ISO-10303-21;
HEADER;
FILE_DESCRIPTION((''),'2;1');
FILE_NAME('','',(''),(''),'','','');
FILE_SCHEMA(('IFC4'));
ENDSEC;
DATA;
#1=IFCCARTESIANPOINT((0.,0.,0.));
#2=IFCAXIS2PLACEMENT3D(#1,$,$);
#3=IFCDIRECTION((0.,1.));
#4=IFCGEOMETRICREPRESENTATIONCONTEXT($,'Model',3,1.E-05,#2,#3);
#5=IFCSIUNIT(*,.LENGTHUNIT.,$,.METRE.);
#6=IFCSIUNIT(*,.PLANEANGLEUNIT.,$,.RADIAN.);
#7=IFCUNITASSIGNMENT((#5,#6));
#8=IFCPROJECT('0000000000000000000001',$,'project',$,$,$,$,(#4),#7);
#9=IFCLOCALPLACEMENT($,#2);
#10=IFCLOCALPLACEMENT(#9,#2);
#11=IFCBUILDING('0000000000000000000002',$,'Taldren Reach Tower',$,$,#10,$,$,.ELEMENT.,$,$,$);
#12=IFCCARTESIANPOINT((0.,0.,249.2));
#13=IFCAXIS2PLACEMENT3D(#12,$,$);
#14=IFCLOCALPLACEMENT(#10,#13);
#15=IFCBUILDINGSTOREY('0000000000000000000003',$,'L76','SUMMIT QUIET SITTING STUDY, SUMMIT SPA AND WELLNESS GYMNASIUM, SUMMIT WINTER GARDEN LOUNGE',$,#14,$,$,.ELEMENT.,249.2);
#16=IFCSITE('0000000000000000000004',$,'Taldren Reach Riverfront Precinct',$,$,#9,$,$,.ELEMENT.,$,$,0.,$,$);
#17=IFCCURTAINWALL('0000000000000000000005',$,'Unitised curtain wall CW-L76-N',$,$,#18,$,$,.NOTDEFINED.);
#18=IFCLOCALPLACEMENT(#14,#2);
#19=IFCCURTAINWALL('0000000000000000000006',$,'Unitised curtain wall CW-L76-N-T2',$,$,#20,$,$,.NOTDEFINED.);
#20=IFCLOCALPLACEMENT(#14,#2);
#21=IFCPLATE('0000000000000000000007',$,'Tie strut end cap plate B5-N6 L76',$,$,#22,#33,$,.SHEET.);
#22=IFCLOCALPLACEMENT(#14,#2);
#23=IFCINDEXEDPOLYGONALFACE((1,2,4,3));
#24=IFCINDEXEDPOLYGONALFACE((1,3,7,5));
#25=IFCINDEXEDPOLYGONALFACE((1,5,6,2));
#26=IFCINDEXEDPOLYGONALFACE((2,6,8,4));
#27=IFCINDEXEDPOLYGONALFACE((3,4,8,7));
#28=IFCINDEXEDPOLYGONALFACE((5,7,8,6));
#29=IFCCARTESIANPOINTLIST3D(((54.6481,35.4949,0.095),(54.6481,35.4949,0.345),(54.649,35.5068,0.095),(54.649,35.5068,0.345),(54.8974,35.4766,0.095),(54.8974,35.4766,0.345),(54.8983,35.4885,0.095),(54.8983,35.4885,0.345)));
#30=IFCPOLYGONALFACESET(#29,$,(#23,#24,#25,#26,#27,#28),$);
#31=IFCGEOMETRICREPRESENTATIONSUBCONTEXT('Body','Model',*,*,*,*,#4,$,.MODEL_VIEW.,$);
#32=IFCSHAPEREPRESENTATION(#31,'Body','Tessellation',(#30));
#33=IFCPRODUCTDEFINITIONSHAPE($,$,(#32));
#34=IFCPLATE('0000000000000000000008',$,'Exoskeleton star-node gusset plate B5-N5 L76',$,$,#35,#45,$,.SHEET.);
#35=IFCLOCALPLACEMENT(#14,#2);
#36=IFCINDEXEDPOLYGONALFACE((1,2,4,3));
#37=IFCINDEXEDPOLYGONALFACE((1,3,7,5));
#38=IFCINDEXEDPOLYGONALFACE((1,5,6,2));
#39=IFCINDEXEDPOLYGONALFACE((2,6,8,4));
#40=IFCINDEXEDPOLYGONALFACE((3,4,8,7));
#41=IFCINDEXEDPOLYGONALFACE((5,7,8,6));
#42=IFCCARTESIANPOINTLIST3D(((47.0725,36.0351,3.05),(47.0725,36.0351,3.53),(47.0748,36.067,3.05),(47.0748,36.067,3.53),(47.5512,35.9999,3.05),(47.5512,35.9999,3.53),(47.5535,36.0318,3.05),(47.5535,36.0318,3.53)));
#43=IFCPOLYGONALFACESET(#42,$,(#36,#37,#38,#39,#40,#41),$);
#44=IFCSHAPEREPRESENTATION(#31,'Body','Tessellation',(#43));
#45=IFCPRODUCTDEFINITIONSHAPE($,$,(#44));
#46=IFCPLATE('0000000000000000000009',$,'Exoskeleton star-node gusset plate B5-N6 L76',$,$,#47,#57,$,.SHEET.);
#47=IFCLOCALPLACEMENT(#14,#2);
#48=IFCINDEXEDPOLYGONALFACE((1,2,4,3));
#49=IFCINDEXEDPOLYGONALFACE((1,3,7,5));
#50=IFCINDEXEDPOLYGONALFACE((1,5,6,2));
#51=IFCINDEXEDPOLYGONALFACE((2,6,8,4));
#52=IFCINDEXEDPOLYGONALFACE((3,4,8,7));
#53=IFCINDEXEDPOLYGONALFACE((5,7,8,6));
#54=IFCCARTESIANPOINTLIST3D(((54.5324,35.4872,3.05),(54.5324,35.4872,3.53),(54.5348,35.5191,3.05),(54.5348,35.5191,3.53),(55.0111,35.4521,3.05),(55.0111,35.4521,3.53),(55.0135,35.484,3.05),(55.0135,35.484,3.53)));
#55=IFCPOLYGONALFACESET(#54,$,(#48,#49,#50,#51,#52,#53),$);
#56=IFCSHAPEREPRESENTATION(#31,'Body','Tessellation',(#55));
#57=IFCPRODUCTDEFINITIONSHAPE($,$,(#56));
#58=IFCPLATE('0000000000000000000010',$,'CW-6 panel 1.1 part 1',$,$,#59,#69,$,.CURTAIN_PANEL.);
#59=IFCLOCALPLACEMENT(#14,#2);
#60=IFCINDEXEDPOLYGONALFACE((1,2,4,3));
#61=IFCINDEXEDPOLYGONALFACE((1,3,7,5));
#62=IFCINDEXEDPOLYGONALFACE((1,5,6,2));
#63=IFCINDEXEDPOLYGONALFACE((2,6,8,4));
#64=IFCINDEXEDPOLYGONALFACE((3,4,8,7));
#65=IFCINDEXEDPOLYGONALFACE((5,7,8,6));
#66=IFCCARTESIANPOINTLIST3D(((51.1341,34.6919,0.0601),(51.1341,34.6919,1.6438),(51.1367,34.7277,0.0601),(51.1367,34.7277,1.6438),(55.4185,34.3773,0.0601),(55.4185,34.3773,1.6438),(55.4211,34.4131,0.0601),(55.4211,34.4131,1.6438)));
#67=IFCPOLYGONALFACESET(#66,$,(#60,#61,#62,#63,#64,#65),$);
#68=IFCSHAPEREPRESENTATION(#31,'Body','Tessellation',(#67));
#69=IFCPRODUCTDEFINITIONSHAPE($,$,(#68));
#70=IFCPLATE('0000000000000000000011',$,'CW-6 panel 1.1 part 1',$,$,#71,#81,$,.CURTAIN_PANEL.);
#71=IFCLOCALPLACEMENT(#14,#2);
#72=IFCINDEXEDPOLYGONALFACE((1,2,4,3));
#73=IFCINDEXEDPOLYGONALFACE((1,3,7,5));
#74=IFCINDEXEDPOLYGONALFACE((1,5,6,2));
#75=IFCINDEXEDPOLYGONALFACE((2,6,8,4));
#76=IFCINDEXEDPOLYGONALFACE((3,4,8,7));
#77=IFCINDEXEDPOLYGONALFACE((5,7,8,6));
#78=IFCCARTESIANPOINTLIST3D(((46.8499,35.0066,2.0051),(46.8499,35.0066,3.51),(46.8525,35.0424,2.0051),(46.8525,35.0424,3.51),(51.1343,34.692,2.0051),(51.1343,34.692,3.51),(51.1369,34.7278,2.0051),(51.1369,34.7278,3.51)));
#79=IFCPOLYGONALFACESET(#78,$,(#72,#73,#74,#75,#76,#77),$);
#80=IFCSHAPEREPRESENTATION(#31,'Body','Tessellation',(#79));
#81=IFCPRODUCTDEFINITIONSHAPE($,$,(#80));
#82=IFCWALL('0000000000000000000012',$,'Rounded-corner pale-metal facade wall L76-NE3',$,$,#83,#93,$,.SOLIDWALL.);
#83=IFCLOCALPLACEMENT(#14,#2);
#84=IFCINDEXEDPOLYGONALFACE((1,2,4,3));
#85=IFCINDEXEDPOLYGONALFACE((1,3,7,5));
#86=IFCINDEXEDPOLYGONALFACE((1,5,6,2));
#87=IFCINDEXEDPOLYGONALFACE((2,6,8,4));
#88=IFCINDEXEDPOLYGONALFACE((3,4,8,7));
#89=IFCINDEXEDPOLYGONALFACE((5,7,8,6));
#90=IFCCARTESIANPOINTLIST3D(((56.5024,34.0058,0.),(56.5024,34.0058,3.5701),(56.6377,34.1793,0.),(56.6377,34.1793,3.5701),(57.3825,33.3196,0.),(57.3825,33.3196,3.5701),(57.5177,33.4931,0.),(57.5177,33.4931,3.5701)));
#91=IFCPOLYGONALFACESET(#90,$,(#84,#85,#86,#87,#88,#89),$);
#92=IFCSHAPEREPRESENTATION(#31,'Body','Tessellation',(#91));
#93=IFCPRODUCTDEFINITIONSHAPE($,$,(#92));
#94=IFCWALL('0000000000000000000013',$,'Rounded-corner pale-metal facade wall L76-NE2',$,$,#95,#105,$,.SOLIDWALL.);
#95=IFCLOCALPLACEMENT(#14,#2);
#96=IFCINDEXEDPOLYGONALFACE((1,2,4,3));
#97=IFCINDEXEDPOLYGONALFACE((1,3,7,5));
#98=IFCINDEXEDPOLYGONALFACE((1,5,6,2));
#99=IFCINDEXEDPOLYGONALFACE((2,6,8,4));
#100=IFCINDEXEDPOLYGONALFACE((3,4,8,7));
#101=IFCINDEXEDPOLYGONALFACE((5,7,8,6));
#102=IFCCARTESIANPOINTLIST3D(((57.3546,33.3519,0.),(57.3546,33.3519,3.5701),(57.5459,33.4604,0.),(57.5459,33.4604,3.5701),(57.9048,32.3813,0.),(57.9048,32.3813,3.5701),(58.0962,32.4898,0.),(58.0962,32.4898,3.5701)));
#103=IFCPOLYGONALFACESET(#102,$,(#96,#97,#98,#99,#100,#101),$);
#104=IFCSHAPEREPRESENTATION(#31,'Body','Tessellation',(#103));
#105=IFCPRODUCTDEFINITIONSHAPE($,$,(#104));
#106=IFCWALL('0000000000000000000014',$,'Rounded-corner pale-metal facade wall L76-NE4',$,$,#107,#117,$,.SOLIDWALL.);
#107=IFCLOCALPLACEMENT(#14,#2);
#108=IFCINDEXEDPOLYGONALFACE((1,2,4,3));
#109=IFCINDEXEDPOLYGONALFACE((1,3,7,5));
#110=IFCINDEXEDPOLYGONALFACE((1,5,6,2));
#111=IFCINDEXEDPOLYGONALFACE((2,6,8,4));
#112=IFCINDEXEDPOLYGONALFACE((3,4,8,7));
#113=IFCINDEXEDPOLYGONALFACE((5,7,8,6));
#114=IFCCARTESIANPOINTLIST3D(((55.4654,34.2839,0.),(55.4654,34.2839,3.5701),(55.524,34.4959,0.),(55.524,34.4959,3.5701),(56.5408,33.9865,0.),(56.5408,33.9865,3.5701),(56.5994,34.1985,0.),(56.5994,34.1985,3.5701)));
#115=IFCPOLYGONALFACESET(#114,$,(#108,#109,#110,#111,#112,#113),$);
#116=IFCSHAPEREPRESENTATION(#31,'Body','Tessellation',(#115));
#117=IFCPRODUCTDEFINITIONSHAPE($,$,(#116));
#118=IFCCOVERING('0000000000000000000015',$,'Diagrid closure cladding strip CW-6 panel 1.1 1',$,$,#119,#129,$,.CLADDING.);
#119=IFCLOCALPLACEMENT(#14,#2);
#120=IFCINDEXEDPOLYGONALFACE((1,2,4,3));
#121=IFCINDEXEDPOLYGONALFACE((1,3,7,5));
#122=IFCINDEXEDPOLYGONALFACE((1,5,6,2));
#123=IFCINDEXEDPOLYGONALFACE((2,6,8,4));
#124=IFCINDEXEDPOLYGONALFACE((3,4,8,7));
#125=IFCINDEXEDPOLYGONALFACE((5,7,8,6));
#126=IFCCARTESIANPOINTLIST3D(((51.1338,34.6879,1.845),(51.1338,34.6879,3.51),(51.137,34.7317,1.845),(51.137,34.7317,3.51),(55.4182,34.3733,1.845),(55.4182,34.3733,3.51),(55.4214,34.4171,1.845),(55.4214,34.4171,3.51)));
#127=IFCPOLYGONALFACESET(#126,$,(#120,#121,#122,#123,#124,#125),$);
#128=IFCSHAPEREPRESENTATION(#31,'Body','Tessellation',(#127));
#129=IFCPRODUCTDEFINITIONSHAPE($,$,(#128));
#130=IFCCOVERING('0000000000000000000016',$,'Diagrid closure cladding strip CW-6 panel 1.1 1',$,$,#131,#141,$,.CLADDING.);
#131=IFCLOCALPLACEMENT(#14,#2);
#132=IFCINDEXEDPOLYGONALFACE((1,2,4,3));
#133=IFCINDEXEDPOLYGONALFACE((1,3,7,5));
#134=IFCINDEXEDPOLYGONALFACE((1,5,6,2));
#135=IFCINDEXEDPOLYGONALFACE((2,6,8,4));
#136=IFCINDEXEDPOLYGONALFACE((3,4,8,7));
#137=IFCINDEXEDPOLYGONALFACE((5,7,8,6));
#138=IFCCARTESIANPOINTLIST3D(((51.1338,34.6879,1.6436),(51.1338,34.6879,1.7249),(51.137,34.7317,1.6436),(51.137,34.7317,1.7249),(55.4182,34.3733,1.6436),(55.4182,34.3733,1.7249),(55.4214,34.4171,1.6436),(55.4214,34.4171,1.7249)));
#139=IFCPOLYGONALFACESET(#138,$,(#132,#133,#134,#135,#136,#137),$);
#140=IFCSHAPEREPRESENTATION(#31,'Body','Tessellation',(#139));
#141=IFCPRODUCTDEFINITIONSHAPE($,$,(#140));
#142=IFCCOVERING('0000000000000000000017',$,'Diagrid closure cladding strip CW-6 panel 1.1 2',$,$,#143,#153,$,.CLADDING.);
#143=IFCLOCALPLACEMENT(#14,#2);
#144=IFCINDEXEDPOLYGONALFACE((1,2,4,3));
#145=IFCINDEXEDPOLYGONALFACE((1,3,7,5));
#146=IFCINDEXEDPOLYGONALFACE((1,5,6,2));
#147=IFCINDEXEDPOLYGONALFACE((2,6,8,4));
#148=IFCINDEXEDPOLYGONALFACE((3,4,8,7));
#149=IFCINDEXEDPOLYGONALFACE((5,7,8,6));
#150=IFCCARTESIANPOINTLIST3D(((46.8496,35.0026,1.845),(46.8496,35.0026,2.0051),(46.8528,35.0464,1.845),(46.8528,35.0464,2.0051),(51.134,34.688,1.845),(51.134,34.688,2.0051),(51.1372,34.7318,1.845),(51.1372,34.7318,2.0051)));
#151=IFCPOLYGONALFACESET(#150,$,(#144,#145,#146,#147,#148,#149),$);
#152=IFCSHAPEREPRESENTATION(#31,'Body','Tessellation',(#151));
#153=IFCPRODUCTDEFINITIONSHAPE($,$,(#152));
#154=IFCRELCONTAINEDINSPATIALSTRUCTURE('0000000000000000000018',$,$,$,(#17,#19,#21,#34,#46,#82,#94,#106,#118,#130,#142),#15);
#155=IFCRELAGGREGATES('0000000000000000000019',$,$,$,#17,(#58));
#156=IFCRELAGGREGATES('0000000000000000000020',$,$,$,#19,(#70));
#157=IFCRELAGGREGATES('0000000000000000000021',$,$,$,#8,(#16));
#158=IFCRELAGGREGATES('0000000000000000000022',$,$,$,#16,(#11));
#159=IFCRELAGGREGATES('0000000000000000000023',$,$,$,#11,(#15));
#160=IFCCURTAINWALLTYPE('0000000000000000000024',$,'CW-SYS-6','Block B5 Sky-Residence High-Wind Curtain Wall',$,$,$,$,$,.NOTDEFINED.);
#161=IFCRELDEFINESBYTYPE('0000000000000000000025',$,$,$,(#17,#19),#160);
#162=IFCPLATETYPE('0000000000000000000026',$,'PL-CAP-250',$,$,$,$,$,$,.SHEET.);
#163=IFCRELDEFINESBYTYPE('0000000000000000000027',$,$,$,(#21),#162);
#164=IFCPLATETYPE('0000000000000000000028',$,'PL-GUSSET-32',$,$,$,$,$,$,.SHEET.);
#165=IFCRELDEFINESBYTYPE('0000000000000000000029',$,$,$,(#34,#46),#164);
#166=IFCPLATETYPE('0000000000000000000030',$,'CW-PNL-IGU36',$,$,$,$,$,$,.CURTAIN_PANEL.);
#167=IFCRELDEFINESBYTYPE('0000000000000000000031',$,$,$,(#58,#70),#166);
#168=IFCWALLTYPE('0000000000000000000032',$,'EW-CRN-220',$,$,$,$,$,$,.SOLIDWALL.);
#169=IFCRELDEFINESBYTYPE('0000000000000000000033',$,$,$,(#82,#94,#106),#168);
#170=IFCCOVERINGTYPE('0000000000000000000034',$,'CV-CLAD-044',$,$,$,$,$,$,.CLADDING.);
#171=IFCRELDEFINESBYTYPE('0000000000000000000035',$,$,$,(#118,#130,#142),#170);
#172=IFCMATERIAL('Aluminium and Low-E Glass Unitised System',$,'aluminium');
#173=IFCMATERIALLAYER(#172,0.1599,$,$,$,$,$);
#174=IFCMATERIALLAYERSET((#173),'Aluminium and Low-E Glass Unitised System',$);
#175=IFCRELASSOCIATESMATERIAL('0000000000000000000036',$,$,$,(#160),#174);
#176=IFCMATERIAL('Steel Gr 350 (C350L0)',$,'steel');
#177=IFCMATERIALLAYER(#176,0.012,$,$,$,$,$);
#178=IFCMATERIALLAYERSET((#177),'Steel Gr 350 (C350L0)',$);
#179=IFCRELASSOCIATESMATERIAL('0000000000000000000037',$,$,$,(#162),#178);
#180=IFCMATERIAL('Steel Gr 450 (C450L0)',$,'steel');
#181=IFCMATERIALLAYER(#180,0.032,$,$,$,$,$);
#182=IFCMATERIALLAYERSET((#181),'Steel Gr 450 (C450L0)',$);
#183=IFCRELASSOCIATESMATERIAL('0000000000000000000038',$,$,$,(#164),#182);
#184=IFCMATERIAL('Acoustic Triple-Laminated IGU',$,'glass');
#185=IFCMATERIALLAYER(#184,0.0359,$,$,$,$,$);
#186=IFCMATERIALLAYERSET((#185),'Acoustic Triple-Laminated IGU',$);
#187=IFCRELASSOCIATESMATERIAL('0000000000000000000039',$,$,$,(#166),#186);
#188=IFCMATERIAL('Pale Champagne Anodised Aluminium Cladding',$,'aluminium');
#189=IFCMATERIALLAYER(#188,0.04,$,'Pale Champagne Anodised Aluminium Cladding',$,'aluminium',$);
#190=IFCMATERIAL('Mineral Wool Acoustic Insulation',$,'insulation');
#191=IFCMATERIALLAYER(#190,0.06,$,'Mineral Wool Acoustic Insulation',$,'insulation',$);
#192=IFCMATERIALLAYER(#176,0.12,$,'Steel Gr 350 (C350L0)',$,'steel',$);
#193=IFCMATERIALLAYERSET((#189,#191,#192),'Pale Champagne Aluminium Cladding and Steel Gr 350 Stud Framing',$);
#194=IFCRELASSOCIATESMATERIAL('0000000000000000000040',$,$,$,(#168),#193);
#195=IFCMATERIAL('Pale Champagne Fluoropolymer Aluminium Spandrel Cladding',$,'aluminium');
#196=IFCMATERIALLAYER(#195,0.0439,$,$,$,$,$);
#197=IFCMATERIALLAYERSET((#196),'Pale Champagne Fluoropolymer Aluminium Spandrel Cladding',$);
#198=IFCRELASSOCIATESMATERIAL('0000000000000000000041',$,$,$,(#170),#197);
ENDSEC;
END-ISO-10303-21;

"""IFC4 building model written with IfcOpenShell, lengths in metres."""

from ifc_helpers import new_model, si_unit, direction, frame, frame_2d, origin, origin_2d, place, context, subcontext, project, spatial, rectangle, extrude, source, transform, mapped, material, layer, layer_set, type_object, element, aggregate, save


model = new_model("IFC4")

# Units and contexts
model_context = context("Model", 3, precision=1e-05, world=origin(), true_north=direction((0.0, 1.0)))
body_context = subcontext(model_context, "Body", "Model", "MODEL_VIEW")
ifc_project = project(units=[si_unit("LENGTHUNIT", "METRE"), si_unit("PLANEANGLEUNIT", "RADIAN")], contexts=[model_context])

# Site, building, storey
site_placement = place(None, origin())
site = spatial("IfcSite", under=ifc_project, at=site_placement, Name="Taldren Reach Riverfront Precinct", CompositionType="ELEMENT", RefElevation=0.0)
building_placement = place(site_placement, origin())
building = spatial("IfcBuilding", under=site, at=building_placement, Name="Taldren Reach Tower", CompositionType="ELEMENT")
storey_placement = place(building_placement, frame((0.0, 0.0, 249.2)))
storey = spatial("IfcBuildingStorey", under=building, at=storey_placement, Name="L76", Description="SUMMIT QUIET SITTING STUDY, SUMMIT SPA AND WELLNESS GYMNASIUM, SUMMIT WINTER GARDEN LOUNGE", CompositionType="ELEMENT", Elevation=249.2)

# Shared definitions
ifc_material_1 = material(Name="Steel Gr 350 (C350L0)", Category="steel")

# Shared definitions
ifc_material_2 = material(Name="Steel Gr 450 (C450L0)", Category="steel")

# Curtain walls
ifc_material_3 = material(Name="Aluminium and Low-E Glass Unitised System", Category="aluminium")
ifc_layer_1 = layer(ifc_material_3, 0.1599)
ifc_layer_set_1 = layer_set([ifc_layer_1], Name="Aluminium and Low-E Glass Unitised System")
curtain_wall_type = type_object("IfcCurtainWallType", Name="CW-SYS-6", Description="Block B5 Sky-Residence High-Wind Curtain Wall", PredefinedType="NOTDEFINED", material=ifc_layer_set_1)
curtain_wall_1_placement = place(storey_placement, origin())
curtain_wall_1 = element("IfcCurtainWall", 1, at=curtain_wall_1_placement, inside=storey, type_object=curtain_wall_type, Name="Unitised curtain wall CW-L76-N", PredefinedType="NOTDEFINED")
curtain_wall_2_placement = place(storey_placement, origin())
curtain_wall_2 = element("IfcCurtainWall", 2, at=curtain_wall_2_placement, inside=storey, type_object=curtain_wall_type, Name="Unitised curtain wall CW-L76-N-T2", PredefinedType="NOTDEFINED")

# Plates
ifc_layer_2 = layer(ifc_material_1, 0.012)
ifc_layer_set_2 = layer_set([ifc_layer_2], Name="Steel Gr 350 (C350L0)")
plate_type_1 = type_object("IfcPlateType", Name="PL-CAP-250", PredefinedType="SHEET", material=ifc_layer_set_2)
shared_shape_1 = source(origin(), body_context, "Body", "SweptSolid", [
    extrude(rectangle(XDim=0.25, YDim=0.012, at=origin_2d()), origin(), (0.0, 0.0, 1.0), 0.25),
])
plate_1_placement = place(storey_placement, frame((54.7732, 35.4917, 0.095), z_axis=(0.0, 0.0, 1.0), x_axis=(0.997314, -0.073238, 0.0)))
element("IfcPlate", 3, at=plate_1_placement, inside=storey, type_object=plate_type_1, Name="Tie strut end cap plate B5-N6 L76", PredefinedType="SHEET", context=body_context, shape_type="MappedRepresentation", body=[
    mapped(shared_shape_1, transform((0.0, 0.0, 0.0), scale=1.0)),
])
ifc_layer_3 = layer(ifc_material_2, 0.032)
ifc_layer_set_3 = layer_set([ifc_layer_3], Name="Steel Gr 450 (C450L0)")
plate_type_2 = type_object("IfcPlateType", Name="PL-GUSSET-32", PredefinedType="SHEET", material=ifc_layer_set_3)
shared_shape_2 = source(origin(), body_context, "Body", "SweptSolid", [
    extrude(rectangle(XDim=0.48, YDim=0.032, at=origin_2d()), origin(), (0.0, 0.0, 1.0), 0.48),
])
for number, where, z_axis, x_axis, name in (
    (4, (47.313, 36.0334, 3.05), (0.0, 0.0, 1.0), (0.997314, -0.073238, 0.0), "Exoskeleton star-node gusset plate B5-N5 L76"),
    (5, (54.7729, 35.4856, 3.05), (0.0, 0.0, 1.0), (0.997314, -0.073238, 0.0), "Exoskeleton star-node gusset plate B5-N6 L76"),
):
    element("IfcPlate", number, at=place(storey_placement, frame(where, z_axis=z_axis, x_axis=x_axis)), inside=storey, type_object=plate_type_2, Name=name, PredefinedType="SHEET", context=body_context, shape_type="MappedRepresentation", body=[
        mapped(shared_shape_2, transform((0.0, 0.0, 0.0), scale=1.0)),
    ])

# Plates
ifc_material_4 = material(Name="Acoustic Triple-Laminated IGU", Category="glass")
ifc_layer_4 = layer(ifc_material_4, 0.0359)
ifc_layer_set_4 = layer_set([ifc_layer_4], Name="Acoustic Triple-Laminated IGU")
plate_type_3 = type_object("IfcPlateType", Name="CW-PNL-IGU36", PredefinedType="CURTAIN_PANEL", material=ifc_layer_set_4)
shared_shape_3 = source(origin(), body_context, "Body", "SweptSolid", [
    extrude(rectangle(XDim=4.2959, YDim=0.0359, at=origin_2d()), origin(), (0.0, 0.0, 1.0), 1.5837),
])
plate_2_placement = place(storey_placement, frame((53.2776, 34.5525, 0.0601), z_axis=(0.0, 0.0, 1.0), x_axis=(-0.997314, 0.073238, 0.0)))
plate_2 = element("IfcPlate", 6, at=plate_2_placement, type_object=plate_type_3, Name="CW-6 panel 1.1 part 1", PredefinedType="CURTAIN_PANEL", context=body_context, shape_type="MappedRepresentation", body=[
    mapped(shared_shape_3, transform((0.0, 0.0, 0.0), scale=1.0)),
])
aggregate(curtain_wall_1, [plate_2])
shared_shape_4 = source(origin(), body_context, "Body", "SweptSolid", [
    extrude(rectangle(XDim=4.2959, YDim=0.0359, at=origin_2d()), origin(), (0.0, 0.0, 1.0), 1.5049),
])
plate_3_placement = place(storey_placement, frame((48.9934, 34.8672, 2.0051), z_axis=(0.0, 0.0, 1.0), x_axis=(-0.997314, 0.073238, 0.0)))
plate_3 = element("IfcPlate", 7, at=plate_3_placement, type_object=plate_type_3, Name="CW-6 panel 1.1 part 1", PredefinedType="CURTAIN_PANEL", context=body_context, shape_type="MappedRepresentation", body=[
    mapped(shared_shape_4, transform((0.0, 0.0, 0.0), scale=1.0)),
])
aggregate(curtain_wall_2, [plate_3])

# Walls
ifc_material_5 = material(Name="Pale Champagne Anodised Aluminium Cladding", Category="aluminium")
ifc_layer_5 = layer(ifc_material_5, 0.04, Name="Pale Champagne Anodised Aluminium Cladding", Category="aluminium")
ifc_material_6 = material(Name="Mineral Wool Acoustic Insulation", Category="insulation")
ifc_layer_6 = layer(ifc_material_6, 0.06, Name="Mineral Wool Acoustic Insulation", Category="insulation")
ifc_layer_7 = layer(ifc_material_1, 0.12, Name="Steel Gr 350 (C350L0)", Category="steel")
ifc_layer_set_5 = layer_set([ifc_layer_5, ifc_layer_6, ifc_layer_7], Name="Pale Champagne Aluminium Cladding and Steel Gr 350 Stud Framing")
wall_type = type_object("IfcWallType", Name="EW-CRN-220", PredefinedType="SOLIDWALL", material=ifc_layer_set_5)
shared_shape_5 = source(origin(), body_context, "Body", "SweptSolid", [
    extrude(rectangle(XDim=1.116, YDim=0.22, at=frame_2d((0.5581, 0.0))), origin(), (0.0, 0.0, 1.0), 3.5701),
])
wall_placement = place(storey_placement, frame((57.4502, 33.4062, 0.0), z_axis=(0.0, 0.0, 1.0), x_axis=(-0.788598, 0.614909, 0.0)))
element("IfcWall", 8, at=wall_placement, inside=storey, type_object=wall_type, Name="Rounded-corner pale-metal facade wall L76-NE3", PredefinedType="SOLIDWALL", context=body_context, shape_type="MappedRepresentation", body=[
    mapped(shared_shape_5, transform((0.0, 0.0, 0.0), scale=1.0)),
])
shared_shape_6 = source(origin(), body_context, "Body", "SweptSolid", [
    extrude(rectangle(XDim=1.1157, YDim=0.22, at=frame_2d((0.5579, 0.0))), origin(), (0.0, 0.0, 1.0), 3.5701),
])
for number, where, z_axis, x_axis, name in (
    (9, (58.0005, 32.4355, 0.0), (0.0, 0.0, 1.0), (-0.493167, 0.869935, 0.0), "Rounded-corner pale-metal facade wall L76-NE2"),
    (10, (56.5701, 34.0925, 0.0), (0.0, 0.0, 1.0), (-0.963834, 0.266504, 0.0), "Rounded-corner pale-metal facade wall L76-NE4"),
):
    element("IfcWall", number, at=place(storey_placement, frame(where, z_axis=z_axis, x_axis=x_axis)), inside=storey, type_object=wall_type, Name=name, PredefinedType="SOLIDWALL", context=body_context, shape_type="MappedRepresentation", body=[
        mapped(shared_shape_6, transform((0.0, 0.0, 0.0), scale=1.0)),
    ])

# Coverings
ifc_material_7 = material(Name="Pale Champagne Fluoropolymer Aluminium Spandrel Cladding", Category="aluminium")
ifc_layer_8 = layer(ifc_material_7, 0.0439)
ifc_layer_set_6 = layer_set([ifc_layer_8], Name="Pale Champagne Fluoropolymer Aluminium Spandrel Cladding")
covering_type = type_object("IfcCoveringType", Name="CV-CLAD-044", PredefinedType="CLADDING", material=ifc_layer_set_6)
shared_shape_7 = source(origin(), body_context, "Body", "SweptSolid", [
    extrude(rectangle(XDim=4.2959, YDim=0.0439, at=origin_2d()), origin(), (0.0, 0.0, 1.0), 1.665),
])
covering_1_placement = place(storey_placement, frame((53.2776, 34.5525, 1.845), z_axis=(0.0, 0.0, 1.0), x_axis=(-0.997314, 0.073238, 0.0)))
element("IfcCovering", 11, at=covering_1_placement, inside=storey, type_object=covering_type, Name="Diagrid closure cladding strip CW-6 panel 1.1 1", PredefinedType="CLADDING", context=body_context, shape_type="MappedRepresentation", body=[
    mapped(shared_shape_7, transform((0.0, 0.0, 0.0), scale=1.0)),
])
shared_shape_8 = source(origin(), body_context, "Body", "SweptSolid", [
    extrude(rectangle(XDim=4.2959, YDim=0.0439, at=origin_2d()), origin(), (0.0, 0.0, 1.0), 0.0813),
])
covering_2_placement = place(storey_placement, frame((53.2776, 34.5525, 1.6436), z_axis=(0.0, 0.0, 1.0), x_axis=(-0.997314, 0.073238, 0.0)))
element("IfcCovering", 12, at=covering_2_placement, inside=storey, type_object=covering_type, Name="Diagrid closure cladding strip CW-6 panel 1.1 1", PredefinedType="CLADDING", context=body_context, shape_type="MappedRepresentation", body=[
    mapped(shared_shape_8, transform((0.0, 0.0, 0.0), scale=1.0)),
])
shared_shape_9 = source(origin(), body_context, "Body", "SweptSolid", [
    extrude(rectangle(XDim=4.2959, YDim=0.0439, at=origin_2d()), origin(), (0.0, 0.0, 1.0), 0.1602),
])
covering_3_placement = place(storey_placement, frame((48.9934, 34.8672, 1.845), z_axis=(0.0, 0.0, 1.0), x_axis=(-0.997314, 0.073238, 0.0)))
element("IfcCovering", 13, at=covering_3_placement, inside=storey, type_object=covering_type, Name="Diagrid closure cladding strip CW-6 panel 1.1 2", PredefinedType="CLADDING", context=body_context, shape_type="MappedRepresentation", body=[
    mapped(shared_shape_9, transform((0.0, 0.0, 0.0), scale=1.0)),
])

save(model, "model.ifc")
